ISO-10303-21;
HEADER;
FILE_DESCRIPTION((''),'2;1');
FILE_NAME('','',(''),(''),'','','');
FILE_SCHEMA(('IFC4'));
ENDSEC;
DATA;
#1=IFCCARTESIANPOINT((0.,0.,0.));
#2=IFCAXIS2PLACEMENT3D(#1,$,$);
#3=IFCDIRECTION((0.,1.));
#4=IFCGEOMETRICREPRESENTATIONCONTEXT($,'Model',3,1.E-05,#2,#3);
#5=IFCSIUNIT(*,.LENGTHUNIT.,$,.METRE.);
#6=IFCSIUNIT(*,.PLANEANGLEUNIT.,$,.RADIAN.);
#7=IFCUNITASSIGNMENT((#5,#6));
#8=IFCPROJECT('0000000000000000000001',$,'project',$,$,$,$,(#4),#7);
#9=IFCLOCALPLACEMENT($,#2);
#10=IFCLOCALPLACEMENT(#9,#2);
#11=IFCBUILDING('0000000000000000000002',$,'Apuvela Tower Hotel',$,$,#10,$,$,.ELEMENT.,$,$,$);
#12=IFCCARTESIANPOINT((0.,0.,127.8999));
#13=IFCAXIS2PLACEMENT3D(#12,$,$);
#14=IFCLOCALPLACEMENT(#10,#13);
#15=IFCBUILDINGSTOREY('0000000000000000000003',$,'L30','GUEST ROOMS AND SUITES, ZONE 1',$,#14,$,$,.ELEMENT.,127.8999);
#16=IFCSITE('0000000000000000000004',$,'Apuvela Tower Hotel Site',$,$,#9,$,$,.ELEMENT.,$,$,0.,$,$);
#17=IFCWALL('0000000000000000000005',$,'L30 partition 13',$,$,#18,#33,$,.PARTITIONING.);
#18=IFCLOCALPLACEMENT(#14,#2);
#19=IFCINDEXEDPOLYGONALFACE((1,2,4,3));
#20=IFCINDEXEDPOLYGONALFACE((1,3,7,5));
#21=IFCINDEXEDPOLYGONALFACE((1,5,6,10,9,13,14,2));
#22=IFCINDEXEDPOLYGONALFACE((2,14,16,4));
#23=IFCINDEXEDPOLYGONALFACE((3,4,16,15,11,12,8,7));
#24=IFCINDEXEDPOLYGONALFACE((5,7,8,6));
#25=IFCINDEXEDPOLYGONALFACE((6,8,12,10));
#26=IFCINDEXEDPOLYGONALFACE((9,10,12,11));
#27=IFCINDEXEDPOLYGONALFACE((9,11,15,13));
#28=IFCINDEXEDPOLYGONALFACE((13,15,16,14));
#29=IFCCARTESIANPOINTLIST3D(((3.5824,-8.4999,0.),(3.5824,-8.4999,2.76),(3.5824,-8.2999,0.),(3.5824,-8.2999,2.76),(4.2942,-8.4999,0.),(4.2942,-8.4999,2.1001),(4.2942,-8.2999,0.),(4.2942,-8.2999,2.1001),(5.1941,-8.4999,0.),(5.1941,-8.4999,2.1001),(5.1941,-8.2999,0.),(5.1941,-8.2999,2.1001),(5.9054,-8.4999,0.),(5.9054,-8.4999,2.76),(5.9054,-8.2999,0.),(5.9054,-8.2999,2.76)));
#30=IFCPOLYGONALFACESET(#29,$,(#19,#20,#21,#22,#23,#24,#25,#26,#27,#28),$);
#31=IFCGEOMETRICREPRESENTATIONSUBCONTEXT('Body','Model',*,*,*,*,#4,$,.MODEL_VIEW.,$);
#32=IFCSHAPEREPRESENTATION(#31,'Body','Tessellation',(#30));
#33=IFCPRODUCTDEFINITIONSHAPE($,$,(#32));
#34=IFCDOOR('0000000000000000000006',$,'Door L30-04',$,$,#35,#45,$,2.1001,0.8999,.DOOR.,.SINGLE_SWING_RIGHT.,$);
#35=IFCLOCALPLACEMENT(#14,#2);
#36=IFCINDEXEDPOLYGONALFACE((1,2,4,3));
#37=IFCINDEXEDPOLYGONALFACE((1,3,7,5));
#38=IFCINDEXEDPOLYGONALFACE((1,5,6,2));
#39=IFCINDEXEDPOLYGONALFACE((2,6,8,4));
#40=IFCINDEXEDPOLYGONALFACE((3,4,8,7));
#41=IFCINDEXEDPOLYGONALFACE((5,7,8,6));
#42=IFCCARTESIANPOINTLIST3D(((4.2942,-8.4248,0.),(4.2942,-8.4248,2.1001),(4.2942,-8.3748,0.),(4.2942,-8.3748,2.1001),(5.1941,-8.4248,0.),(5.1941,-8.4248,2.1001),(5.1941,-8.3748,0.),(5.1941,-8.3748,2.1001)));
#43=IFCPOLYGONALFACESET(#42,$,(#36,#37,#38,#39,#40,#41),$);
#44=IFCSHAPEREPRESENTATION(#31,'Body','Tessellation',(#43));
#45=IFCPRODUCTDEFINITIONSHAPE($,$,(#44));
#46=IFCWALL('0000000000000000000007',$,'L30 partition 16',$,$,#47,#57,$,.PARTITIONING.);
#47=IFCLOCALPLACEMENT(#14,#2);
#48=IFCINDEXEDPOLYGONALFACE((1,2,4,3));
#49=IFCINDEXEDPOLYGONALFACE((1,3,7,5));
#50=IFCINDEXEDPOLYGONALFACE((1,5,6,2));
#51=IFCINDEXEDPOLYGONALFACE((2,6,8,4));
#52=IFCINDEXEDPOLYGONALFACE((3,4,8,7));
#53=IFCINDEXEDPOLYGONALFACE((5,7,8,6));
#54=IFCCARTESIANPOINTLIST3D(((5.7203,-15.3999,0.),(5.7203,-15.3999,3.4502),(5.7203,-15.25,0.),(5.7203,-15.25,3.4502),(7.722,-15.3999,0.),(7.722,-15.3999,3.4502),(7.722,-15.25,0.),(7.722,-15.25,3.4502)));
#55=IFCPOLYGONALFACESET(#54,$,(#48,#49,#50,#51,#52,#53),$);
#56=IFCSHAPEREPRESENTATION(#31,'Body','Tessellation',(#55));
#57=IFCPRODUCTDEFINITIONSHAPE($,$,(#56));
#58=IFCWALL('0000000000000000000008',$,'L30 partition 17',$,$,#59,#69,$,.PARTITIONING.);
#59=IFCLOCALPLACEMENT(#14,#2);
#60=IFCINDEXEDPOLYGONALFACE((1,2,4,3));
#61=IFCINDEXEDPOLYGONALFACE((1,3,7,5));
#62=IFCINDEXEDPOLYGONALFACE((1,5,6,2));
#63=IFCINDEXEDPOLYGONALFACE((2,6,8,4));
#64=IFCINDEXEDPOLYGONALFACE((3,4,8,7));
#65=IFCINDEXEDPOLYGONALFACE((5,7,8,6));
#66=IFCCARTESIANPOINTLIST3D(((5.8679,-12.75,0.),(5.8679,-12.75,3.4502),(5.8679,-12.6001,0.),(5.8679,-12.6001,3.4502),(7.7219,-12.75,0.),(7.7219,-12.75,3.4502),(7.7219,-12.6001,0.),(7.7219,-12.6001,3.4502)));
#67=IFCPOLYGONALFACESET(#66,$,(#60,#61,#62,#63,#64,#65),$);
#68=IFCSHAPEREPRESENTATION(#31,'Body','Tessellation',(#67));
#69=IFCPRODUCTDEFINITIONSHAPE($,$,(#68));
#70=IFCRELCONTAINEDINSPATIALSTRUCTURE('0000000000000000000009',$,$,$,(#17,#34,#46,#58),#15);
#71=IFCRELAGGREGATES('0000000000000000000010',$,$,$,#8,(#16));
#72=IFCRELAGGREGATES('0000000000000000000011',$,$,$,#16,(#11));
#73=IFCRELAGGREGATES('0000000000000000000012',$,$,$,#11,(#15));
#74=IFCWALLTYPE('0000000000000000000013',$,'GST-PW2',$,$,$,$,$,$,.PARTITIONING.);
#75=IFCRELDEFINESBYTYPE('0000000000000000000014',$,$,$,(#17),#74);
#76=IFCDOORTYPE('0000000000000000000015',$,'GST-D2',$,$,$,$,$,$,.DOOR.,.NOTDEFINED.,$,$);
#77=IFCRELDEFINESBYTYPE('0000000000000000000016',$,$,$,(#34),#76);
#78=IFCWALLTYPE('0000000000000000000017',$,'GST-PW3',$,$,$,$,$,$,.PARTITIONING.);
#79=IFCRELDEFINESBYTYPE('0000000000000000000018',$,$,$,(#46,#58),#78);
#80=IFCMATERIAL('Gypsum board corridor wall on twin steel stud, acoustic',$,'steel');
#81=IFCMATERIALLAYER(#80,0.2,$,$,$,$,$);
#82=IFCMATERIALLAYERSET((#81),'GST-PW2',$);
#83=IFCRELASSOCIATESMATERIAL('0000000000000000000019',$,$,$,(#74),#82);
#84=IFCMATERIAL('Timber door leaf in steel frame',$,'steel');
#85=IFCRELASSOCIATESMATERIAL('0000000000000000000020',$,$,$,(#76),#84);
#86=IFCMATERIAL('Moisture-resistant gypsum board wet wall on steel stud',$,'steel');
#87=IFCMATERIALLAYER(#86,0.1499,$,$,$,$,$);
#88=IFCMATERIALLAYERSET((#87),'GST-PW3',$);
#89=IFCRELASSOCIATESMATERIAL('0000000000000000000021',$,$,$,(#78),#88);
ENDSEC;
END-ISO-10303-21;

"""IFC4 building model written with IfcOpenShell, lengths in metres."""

from ifc_helpers import new_model, si_unit, direction, frame, frame_2d, origin, place, context, subcontext, project, spatial, rectangle, extrude, material, layer, layer_set, type_object, element, fill, save


model = new_model("IFC4")

# Units and contexts
model_context = context("Model", 3, precision=1e-05, world=origin(), true_north=direction((0.0, 1.0)))
body_context = subcontext(model_context, "Body", "Model", "MODEL_VIEW")
ifc_project = project(units=[si_unit("LENGTHUNIT", "METRE"), si_unit("PLANEANGLEUNIT", "RADIAN")], contexts=[model_context])

# Site, building, storey
site_placement = place(None, origin())
site = spatial("IfcSite", under=ifc_project, at=site_placement, Name="Apuvela Tower Hotel Site", CompositionType="ELEMENT", RefElevation=0.0)
building_placement = place(site_placement, origin())
building = spatial("IfcBuilding", under=site, at=building_placement, Name="Apuvela Tower Hotel", CompositionType="ELEMENT")
storey_placement = place(building_placement, frame((0.0, 0.0, 127.8999)))
storey = spatial("IfcBuildingStorey", under=building, at=storey_placement, Name="L30", Description="GUEST ROOMS AND SUITES, ZONE 1", CompositionType="ELEMENT", Elevation=127.8999)

# Wall, opening, door
ifc_material_1 = material(Name="Gypsum board corridor wall on twin steel stud, acoustic", Category="steel")
ifc_layer_1 = layer(ifc_material_1, 0.2)
ifc_layer_set_1 = layer_set([ifc_layer_1], Name="GST-PW2")
wall_type_1 = type_object("IfcWallType", Name="GST-PW2", PredefinedType="PARTITIONING", material=ifc_layer_set_1)
ifc_material_2 = material(Name="Timber door leaf in steel frame", Category="steel")
door_type_1 = type_object("IfcDoorType", Name="GST-D2", OperationType="NOTDEFINED", PredefinedType="DOOR", material=ifc_material_2)
wall_1_placement = place(storey_placement, frame((5.9055, -8.3999, 0.0), z_axis=(0.0, 0.0, 1.0), x_axis=(-1.0, 0.0, 0.0)))
wall_1 = element("IfcWall", 1, at=wall_1_placement, inside=storey, type_object=wall_type_1, Name="L30 partition 13", PredefinedType="PARTITIONING", context=body_context, shape_type="SweptSolid", body=[
    extrude(rectangle(XDim=2.323, YDim=0.2, at=frame_2d((1.1616, 0.0))), origin(), (0.0, 0.0, 1.0), 2.76),
])
opening_1_placement = place(wall_1_placement, frame((0.7114, 0.0, 0.0)))
opening_1 = element("IfcOpeningElement", 2, at=opening_1_placement, cuts=wall_1, PredefinedType="OPENING", context=body_context, shape_type="SweptSolid", body=[
    extrude(rectangle(XDim=0.8999, YDim=2.1001, at=frame_2d((0.45, 1.05))), frame((0.0, 0.1099, 0.0), z_axis=(0.0, -1.0, 0.0), x_axis=(1.0, 0.0, 0.0)), (0.0, 0.0, 1.0), 0.22),
])
door_1_placement = place(opening_1_placement, origin())
door_1 = element("IfcDoor", 3, at=door_1_placement, inside=storey, type_object=door_type_1, Name="Door L30-04", OperationType="SINGLE_SWING_RIGHT", OverallHeight=2.1001, OverallWidth=0.8999, PredefinedType="DOOR", context=body_context, shape_type="SweptSolid", body=[
    extrude(rectangle(XDim=0.8999, YDim=2.1001, at=frame_2d((0.45, 1.05))), frame((0.0, 0.0249, 0.0), z_axis=(0.0, -1.0, 0.0), x_axis=(1.0, 0.0, 0.0)), (0.0, 0.0, 1.0), 0.05),
])
fill(opening_1, door_1)

# Walls
ifc_material_3 = material(Name="Moisture-resistant gypsum board wet wall on steel stud", Category="steel")
ifc_layer_2 = layer(ifc_material_3, 0.1499)
ifc_layer_set_2 = layer_set([ifc_layer_2], Name="GST-PW3")
wall_type_2 = type_object("IfcWallType", Name="GST-PW3", PredefinedType="PARTITIONING", material=ifc_layer_set_2)
wall_2_placement = place(storey_placement, frame((5.7202, -15.325, 0.0), z_axis=(0.0, 0.0, 1.0), x_axis=(1.0, 0.0, 0.0)))
element("IfcWall", 4, at=wall_2_placement, inside=storey, type_object=wall_type_2, Name="L30 partition 16", PredefinedType="PARTITIONING", context=body_context, shape_type="SweptSolid", body=[
    extrude(rectangle(XDim=2.0017, YDim=0.1499, at=frame_2d((1.001, 0.0))), origin(), (0.0, 0.0, 1.0), 3.4502),
])
wall_3_placement = place(storey_placement, frame((5.8679, -12.675, 0.0), z_axis=(0.0, 0.0, 1.0), x_axis=(1.0, 0.0, 0.0)))
element("IfcWall", 5, at=wall_3_placement, inside=storey, type_object=wall_type_2, Name="L30 partition 17", PredefinedType="PARTITIONING", context=body_context, shape_type="SweptSolid", body=[
    extrude(rectangle(XDim=1.854, YDim=0.1499, at=frame_2d((0.927, 0.0))), origin(), (0.0, 0.0, 1.0), 3.4502),
])

save(model, "model.ifc")
